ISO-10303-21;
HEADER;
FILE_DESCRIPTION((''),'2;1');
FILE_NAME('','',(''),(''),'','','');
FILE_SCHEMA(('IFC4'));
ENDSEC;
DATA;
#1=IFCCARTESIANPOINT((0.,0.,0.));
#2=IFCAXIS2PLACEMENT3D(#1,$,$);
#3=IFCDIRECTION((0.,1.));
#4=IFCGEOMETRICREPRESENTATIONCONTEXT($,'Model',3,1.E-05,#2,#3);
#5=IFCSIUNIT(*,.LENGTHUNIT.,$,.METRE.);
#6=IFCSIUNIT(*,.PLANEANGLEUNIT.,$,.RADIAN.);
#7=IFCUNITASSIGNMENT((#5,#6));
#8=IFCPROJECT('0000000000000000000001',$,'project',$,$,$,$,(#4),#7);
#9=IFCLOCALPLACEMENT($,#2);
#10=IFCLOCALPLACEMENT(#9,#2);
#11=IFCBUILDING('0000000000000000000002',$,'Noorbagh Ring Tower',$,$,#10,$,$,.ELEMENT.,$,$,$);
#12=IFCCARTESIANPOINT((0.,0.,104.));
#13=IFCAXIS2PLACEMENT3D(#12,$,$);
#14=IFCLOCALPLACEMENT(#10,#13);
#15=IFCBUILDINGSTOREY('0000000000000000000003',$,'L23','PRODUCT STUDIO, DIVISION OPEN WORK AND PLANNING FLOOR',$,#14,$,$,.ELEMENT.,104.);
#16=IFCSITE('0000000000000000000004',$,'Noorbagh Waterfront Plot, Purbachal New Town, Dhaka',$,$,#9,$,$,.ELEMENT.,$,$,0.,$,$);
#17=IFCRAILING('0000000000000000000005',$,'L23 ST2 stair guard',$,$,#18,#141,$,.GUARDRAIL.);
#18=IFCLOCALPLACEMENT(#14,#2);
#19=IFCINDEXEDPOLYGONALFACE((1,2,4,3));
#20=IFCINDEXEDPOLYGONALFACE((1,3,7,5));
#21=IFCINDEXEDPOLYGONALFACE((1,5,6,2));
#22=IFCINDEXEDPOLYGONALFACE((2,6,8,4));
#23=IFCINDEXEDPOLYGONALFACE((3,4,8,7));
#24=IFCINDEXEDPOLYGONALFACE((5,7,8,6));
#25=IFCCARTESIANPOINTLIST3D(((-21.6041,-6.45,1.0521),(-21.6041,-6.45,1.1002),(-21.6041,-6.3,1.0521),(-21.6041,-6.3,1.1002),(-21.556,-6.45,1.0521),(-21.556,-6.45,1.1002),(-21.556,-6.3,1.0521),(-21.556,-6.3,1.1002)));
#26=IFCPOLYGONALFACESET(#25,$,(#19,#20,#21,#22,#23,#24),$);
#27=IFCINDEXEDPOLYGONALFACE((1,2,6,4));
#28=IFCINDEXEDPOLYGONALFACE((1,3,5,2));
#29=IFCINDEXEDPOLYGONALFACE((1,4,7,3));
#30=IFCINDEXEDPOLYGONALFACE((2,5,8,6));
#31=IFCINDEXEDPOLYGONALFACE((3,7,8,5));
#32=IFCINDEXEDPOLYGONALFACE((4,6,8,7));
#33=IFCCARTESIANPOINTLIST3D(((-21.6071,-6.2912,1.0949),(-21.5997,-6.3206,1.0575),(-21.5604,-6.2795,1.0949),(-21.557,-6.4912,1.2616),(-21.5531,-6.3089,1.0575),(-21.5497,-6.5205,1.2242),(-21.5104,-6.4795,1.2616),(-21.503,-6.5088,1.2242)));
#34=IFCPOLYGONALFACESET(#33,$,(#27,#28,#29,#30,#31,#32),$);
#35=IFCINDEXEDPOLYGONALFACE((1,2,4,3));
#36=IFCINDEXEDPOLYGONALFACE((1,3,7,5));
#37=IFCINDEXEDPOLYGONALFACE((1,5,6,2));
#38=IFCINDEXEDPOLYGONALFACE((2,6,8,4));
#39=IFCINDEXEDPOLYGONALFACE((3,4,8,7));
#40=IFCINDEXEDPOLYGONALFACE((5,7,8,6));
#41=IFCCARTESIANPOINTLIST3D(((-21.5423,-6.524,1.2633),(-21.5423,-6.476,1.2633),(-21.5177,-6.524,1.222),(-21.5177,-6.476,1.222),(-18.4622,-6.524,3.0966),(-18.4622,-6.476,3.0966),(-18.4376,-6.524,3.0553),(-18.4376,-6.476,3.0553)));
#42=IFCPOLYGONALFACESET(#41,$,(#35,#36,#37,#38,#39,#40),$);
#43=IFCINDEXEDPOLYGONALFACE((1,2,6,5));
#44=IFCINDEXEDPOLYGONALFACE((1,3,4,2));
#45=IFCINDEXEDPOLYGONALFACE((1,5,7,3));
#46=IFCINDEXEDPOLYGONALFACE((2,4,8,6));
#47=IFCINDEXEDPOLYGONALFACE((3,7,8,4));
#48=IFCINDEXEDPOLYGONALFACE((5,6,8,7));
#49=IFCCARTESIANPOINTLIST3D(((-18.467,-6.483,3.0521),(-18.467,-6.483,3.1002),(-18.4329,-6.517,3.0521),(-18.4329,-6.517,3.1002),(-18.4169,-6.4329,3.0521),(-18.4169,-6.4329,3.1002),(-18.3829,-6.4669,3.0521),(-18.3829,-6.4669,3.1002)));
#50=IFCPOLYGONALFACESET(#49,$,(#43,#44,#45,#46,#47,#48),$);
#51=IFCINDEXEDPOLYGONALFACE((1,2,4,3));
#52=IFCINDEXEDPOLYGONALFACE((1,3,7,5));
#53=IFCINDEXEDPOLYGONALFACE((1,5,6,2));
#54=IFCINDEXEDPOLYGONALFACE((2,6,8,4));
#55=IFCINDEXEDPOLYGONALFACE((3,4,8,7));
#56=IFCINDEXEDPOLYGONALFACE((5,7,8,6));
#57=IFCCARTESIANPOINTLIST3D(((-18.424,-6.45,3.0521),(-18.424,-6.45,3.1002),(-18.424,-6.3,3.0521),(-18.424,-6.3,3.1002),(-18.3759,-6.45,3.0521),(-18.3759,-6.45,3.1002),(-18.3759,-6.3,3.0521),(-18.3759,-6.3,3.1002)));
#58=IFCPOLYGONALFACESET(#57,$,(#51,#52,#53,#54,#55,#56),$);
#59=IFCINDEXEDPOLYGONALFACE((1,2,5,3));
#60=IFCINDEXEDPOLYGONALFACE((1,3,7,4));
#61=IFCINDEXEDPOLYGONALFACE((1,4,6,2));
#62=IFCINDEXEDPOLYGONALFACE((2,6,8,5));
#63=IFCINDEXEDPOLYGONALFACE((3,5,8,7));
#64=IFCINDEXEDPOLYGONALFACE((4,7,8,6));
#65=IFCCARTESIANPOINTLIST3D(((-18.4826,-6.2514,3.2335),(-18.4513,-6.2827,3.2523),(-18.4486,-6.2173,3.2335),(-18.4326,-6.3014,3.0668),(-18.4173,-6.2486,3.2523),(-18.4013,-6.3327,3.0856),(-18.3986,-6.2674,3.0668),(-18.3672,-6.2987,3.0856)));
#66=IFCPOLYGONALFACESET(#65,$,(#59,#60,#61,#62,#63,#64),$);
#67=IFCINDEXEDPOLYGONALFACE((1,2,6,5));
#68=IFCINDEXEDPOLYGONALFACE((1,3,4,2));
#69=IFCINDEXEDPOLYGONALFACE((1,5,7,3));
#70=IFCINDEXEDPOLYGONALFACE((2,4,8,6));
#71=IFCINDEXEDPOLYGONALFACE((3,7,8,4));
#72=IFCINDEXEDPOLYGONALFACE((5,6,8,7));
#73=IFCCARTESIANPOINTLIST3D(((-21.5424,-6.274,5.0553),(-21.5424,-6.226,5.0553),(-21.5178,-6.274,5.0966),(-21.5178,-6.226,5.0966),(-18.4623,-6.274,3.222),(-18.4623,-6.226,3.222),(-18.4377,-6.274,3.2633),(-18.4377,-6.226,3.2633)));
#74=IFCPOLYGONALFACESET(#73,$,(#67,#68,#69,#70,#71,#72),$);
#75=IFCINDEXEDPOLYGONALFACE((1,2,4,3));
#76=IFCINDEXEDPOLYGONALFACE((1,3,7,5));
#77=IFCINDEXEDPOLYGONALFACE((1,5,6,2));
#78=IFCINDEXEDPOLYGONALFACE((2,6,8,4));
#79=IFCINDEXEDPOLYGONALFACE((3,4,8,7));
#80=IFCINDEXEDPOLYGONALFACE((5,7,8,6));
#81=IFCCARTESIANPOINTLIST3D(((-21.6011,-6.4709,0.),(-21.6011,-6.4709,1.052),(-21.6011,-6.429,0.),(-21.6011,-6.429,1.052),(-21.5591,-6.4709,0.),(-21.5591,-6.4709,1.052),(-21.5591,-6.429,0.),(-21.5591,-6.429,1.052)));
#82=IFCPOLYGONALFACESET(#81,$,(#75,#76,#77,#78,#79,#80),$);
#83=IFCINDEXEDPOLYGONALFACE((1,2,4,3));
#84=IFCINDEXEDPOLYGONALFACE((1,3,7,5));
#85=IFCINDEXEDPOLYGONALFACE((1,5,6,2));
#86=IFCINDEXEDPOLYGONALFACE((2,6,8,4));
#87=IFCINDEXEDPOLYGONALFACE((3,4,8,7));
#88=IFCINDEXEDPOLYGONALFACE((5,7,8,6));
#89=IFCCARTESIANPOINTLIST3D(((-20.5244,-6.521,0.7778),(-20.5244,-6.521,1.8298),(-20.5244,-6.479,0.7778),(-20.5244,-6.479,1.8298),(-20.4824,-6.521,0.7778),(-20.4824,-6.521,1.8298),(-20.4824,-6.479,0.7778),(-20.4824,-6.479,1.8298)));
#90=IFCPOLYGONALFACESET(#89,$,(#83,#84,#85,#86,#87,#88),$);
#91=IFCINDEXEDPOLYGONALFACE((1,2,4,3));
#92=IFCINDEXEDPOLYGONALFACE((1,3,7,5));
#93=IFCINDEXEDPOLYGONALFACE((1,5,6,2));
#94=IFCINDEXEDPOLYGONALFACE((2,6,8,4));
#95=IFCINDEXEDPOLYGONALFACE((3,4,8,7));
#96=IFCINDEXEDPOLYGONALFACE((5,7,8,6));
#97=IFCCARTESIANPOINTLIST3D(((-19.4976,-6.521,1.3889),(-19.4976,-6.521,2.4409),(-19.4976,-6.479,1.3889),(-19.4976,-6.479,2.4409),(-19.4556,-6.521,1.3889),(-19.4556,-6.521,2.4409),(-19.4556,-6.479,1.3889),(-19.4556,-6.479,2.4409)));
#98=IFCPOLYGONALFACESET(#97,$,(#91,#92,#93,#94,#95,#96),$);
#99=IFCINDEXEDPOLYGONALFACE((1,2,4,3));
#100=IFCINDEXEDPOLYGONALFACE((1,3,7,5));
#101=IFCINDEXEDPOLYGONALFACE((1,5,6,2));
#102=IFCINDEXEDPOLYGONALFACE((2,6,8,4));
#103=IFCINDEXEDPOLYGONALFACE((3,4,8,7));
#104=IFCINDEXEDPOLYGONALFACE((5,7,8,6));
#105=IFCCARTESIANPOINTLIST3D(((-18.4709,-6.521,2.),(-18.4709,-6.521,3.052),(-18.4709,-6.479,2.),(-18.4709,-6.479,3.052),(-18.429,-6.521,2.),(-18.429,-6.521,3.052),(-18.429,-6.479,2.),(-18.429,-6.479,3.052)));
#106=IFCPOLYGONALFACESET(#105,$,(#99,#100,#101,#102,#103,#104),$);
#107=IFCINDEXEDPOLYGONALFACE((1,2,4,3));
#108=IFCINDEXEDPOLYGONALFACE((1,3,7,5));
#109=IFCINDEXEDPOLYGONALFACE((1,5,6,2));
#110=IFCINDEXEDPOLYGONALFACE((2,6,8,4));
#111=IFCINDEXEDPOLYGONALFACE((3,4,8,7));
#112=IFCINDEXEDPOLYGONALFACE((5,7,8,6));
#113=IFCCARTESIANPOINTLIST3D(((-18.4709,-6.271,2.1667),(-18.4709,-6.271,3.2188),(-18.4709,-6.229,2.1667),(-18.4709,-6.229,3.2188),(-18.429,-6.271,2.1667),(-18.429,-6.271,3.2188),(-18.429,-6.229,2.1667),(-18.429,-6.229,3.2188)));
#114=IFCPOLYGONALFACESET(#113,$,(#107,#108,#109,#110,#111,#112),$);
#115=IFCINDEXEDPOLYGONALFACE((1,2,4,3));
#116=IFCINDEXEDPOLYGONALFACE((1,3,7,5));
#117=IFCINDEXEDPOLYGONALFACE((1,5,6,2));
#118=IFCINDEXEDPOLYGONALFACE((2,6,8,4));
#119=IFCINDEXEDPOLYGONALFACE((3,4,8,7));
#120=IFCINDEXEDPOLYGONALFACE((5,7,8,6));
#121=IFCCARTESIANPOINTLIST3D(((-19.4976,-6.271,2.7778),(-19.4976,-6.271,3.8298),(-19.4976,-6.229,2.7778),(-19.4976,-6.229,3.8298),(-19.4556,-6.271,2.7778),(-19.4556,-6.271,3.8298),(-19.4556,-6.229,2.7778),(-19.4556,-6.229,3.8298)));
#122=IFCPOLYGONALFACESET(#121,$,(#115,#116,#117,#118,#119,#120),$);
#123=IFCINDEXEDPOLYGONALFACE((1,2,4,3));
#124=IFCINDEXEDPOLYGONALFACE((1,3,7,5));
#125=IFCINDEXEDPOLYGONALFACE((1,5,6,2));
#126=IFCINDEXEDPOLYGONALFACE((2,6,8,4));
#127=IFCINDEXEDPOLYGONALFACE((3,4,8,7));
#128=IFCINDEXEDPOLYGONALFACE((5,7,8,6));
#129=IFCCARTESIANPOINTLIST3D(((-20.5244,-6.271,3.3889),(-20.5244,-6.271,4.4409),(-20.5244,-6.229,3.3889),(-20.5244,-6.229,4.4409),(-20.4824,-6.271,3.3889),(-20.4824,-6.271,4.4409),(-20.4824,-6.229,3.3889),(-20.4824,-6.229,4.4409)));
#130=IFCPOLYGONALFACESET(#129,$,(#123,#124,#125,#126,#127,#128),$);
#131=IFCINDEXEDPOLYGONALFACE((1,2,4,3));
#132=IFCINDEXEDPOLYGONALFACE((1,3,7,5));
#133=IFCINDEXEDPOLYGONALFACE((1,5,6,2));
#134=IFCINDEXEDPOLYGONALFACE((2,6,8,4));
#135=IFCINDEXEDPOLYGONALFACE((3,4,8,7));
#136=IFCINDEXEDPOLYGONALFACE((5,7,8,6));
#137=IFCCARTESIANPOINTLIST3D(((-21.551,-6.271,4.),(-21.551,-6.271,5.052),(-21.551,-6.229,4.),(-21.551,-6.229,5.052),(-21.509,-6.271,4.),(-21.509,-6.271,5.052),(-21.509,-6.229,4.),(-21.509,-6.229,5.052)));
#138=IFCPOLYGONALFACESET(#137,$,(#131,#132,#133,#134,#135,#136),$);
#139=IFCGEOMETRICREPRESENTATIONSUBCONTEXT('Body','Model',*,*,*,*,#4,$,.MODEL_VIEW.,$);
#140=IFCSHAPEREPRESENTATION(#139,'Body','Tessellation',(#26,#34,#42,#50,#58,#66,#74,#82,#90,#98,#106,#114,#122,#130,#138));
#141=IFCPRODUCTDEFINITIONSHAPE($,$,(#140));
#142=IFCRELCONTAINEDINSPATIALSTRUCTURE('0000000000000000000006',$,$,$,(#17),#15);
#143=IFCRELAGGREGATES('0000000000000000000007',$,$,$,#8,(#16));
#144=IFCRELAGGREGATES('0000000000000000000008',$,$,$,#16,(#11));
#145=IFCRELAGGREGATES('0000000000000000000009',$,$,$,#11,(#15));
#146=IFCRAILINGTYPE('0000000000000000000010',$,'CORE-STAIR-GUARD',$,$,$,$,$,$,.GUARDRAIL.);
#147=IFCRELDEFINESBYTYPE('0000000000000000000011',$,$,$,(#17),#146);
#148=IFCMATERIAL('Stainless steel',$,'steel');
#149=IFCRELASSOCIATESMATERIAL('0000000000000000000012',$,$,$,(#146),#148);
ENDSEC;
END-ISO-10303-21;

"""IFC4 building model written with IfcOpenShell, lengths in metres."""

from ifc_helpers import new_model, si_unit, direction, frame, origin, origin_2d, place, context, subcontext, project, spatial, rectangle, extrude, material, type_object, element, save


model = new_model("IFC4")

# Units and contexts
model_context = context("Model", 3, precision=1e-05, world=origin(), true_north=direction((0.0, 1.0)))
body_context = subcontext(model_context, "Body", "Model", "MODEL_VIEW")
ifc_project = project(units=[si_unit("LENGTHUNIT", "METRE"), si_unit("PLANEANGLEUNIT", "RADIAN")], contexts=[model_context])

# Site, building, storey
site_placement = place(None, origin())
site = spatial("IfcSite", under=ifc_project, at=site_placement, Name="Noorbagh Waterfront Plot, Purbachal New Town, Dhaka", CompositionType="ELEMENT", RefElevation=0.0)
building_placement = place(site_placement, origin())
building = spatial("IfcBuilding", under=site, at=building_placement, Name="Noorbagh Ring Tower", CompositionType="ELEMENT")
storey_placement = place(building_placement, frame((0.0, 0.0, 104.0)))
storey = spatial("IfcBuildingStorey", under=building, at=storey_placement, Name="L23", Description="PRODUCT STUDIO, DIVISION OPEN WORK AND PLANNING FLOOR", CompositionType="ELEMENT", Elevation=104.0)

# Railing
ifc_material_1 = material(Name="Stainless steel", Category="steel")
railing_type_1 = type_object("IfcRailingType", Name="CORE-STAIR-GUARD", PredefinedType="GUARDRAIL", material=ifc_material_1)
railing_1_placement = place(storey_placement, frame((-21.5801, -6.45, 0.0)))
element("IfcRailing", 1, at=railing_1_placement, inside=storey, type_object=railing_type_1, Name="L23 ST2 stair guard", PredefinedType="GUARDRAIL", context=body_context, shape_type="SweptSolid", body=[
    extrude(rectangle(XDim=0.0481, YDim=0.0481, at=origin_2d()), frame((0.0, 0.0, 1.0762), z_axis=(0.0, 1.0, 0.0), x_axis=(-1.0, 0.0, 0.0)), (0.0, 0.0, 1.0), 0.1499),
    extrude(rectangle(XDim=0.0481, YDim=0.0481, at=origin_2d()), frame((0.0, 0.1499, 1.0762), z_axis=(0.188776, -0.754182, 0.628946), x_axis=(0.970073, 0.242814, 0.0)), (0.0, 0.0, 1.0), 0.2651),
    extrude(rectangle(XDim=0.0481, YDim=0.0481, at=origin_2d()), frame((0.05, -0.05, 1.2427), z_axis=(0.859309, 0.0, 0.511458), x_axis=(0.0, 1.0, 0.0)), (0.0, 0.0, 1.0), 3.5845),
    extrude(rectangle(XDim=0.0481, YDim=0.0481, at=origin_2d()), frame((3.1301, -0.05, 3.0762), z_axis=(0.707107, 0.707107, 0.0), x_axis=(-0.707107, 0.707107, 0.0)), (0.0, 0.0, 1.0), 0.0708),
    extrude(rectangle(XDim=0.0481, YDim=0.0481, at=origin_2d()), frame((3.1802, 0.0, 3.0762), z_axis=(0.0, 1.0, 0.0), x_axis=(-1.0, 0.0, 0.0)), (0.0, 0.0, 1.0), 0.1499),
    extrude(rectangle(XDim=0.0481, YDim=0.0481, at=origin_2d()), frame((3.1802, 0.1499, 3.0762), z_axis=(-0.276287, 0.276287, 0.920506), x_axis=(-0.707107, -0.707107, 0.0)), (0.0, 0.0, 1.0), 0.1812),
    extrude(rectangle(XDim=0.0481, YDim=0.0481, at=origin_2d()), frame((3.1301, 0.2, 3.2427), z_axis=(-0.859309, 0.0, 0.511458), x_axis=(0.0, -1.0, 0.0)), (0.0, 0.0, 1.0), 3.5845),
    extrude(rectangle(XDim=0.042, YDim=0.042, at=origin_2d()), origin(), (0.0, 0.0, 1.0), 1.052),
    extrude(rectangle(XDim=0.042, YDim=0.042, at=origin_2d()), frame((1.0767, -0.05, 0.7778)), (0.0, 0.0, 1.0), 1.052),
    extrude(rectangle(XDim=0.042, YDim=0.042, at=origin_2d()), frame((2.1035, -0.05, 1.3889)), (0.0, 0.0, 1.0), 1.052),
    extrude(rectangle(XDim=0.042, YDim=0.042, at=origin_2d()), frame((3.1301, -0.05, 2.0)), (0.0, 0.0, 1.0), 1.052),
    extrude(rectangle(XDim=0.042, YDim=0.042, at=origin_2d()), frame((3.1301, 0.2, 2.1667)), (0.0, 0.0, 1.0), 1.052),
    extrude(rectangle(XDim=0.042, YDim=0.042, at=origin_2d()), frame((2.1035, 0.2, 2.7778)), (0.0, 0.0, 1.0), 1.052),
    extrude(rectangle(XDim=0.042, YDim=0.042, at=origin_2d()), frame((1.0767, 0.2, 3.3889)), (0.0, 0.0, 1.0), 1.052),
    extrude(rectangle(XDim=0.042, YDim=0.042, at=origin_2d()), frame((0.05, 0.2, 4.0)), (0.0, 0.0, 1.0), 1.052),
])

save(model, "model.ifc")
